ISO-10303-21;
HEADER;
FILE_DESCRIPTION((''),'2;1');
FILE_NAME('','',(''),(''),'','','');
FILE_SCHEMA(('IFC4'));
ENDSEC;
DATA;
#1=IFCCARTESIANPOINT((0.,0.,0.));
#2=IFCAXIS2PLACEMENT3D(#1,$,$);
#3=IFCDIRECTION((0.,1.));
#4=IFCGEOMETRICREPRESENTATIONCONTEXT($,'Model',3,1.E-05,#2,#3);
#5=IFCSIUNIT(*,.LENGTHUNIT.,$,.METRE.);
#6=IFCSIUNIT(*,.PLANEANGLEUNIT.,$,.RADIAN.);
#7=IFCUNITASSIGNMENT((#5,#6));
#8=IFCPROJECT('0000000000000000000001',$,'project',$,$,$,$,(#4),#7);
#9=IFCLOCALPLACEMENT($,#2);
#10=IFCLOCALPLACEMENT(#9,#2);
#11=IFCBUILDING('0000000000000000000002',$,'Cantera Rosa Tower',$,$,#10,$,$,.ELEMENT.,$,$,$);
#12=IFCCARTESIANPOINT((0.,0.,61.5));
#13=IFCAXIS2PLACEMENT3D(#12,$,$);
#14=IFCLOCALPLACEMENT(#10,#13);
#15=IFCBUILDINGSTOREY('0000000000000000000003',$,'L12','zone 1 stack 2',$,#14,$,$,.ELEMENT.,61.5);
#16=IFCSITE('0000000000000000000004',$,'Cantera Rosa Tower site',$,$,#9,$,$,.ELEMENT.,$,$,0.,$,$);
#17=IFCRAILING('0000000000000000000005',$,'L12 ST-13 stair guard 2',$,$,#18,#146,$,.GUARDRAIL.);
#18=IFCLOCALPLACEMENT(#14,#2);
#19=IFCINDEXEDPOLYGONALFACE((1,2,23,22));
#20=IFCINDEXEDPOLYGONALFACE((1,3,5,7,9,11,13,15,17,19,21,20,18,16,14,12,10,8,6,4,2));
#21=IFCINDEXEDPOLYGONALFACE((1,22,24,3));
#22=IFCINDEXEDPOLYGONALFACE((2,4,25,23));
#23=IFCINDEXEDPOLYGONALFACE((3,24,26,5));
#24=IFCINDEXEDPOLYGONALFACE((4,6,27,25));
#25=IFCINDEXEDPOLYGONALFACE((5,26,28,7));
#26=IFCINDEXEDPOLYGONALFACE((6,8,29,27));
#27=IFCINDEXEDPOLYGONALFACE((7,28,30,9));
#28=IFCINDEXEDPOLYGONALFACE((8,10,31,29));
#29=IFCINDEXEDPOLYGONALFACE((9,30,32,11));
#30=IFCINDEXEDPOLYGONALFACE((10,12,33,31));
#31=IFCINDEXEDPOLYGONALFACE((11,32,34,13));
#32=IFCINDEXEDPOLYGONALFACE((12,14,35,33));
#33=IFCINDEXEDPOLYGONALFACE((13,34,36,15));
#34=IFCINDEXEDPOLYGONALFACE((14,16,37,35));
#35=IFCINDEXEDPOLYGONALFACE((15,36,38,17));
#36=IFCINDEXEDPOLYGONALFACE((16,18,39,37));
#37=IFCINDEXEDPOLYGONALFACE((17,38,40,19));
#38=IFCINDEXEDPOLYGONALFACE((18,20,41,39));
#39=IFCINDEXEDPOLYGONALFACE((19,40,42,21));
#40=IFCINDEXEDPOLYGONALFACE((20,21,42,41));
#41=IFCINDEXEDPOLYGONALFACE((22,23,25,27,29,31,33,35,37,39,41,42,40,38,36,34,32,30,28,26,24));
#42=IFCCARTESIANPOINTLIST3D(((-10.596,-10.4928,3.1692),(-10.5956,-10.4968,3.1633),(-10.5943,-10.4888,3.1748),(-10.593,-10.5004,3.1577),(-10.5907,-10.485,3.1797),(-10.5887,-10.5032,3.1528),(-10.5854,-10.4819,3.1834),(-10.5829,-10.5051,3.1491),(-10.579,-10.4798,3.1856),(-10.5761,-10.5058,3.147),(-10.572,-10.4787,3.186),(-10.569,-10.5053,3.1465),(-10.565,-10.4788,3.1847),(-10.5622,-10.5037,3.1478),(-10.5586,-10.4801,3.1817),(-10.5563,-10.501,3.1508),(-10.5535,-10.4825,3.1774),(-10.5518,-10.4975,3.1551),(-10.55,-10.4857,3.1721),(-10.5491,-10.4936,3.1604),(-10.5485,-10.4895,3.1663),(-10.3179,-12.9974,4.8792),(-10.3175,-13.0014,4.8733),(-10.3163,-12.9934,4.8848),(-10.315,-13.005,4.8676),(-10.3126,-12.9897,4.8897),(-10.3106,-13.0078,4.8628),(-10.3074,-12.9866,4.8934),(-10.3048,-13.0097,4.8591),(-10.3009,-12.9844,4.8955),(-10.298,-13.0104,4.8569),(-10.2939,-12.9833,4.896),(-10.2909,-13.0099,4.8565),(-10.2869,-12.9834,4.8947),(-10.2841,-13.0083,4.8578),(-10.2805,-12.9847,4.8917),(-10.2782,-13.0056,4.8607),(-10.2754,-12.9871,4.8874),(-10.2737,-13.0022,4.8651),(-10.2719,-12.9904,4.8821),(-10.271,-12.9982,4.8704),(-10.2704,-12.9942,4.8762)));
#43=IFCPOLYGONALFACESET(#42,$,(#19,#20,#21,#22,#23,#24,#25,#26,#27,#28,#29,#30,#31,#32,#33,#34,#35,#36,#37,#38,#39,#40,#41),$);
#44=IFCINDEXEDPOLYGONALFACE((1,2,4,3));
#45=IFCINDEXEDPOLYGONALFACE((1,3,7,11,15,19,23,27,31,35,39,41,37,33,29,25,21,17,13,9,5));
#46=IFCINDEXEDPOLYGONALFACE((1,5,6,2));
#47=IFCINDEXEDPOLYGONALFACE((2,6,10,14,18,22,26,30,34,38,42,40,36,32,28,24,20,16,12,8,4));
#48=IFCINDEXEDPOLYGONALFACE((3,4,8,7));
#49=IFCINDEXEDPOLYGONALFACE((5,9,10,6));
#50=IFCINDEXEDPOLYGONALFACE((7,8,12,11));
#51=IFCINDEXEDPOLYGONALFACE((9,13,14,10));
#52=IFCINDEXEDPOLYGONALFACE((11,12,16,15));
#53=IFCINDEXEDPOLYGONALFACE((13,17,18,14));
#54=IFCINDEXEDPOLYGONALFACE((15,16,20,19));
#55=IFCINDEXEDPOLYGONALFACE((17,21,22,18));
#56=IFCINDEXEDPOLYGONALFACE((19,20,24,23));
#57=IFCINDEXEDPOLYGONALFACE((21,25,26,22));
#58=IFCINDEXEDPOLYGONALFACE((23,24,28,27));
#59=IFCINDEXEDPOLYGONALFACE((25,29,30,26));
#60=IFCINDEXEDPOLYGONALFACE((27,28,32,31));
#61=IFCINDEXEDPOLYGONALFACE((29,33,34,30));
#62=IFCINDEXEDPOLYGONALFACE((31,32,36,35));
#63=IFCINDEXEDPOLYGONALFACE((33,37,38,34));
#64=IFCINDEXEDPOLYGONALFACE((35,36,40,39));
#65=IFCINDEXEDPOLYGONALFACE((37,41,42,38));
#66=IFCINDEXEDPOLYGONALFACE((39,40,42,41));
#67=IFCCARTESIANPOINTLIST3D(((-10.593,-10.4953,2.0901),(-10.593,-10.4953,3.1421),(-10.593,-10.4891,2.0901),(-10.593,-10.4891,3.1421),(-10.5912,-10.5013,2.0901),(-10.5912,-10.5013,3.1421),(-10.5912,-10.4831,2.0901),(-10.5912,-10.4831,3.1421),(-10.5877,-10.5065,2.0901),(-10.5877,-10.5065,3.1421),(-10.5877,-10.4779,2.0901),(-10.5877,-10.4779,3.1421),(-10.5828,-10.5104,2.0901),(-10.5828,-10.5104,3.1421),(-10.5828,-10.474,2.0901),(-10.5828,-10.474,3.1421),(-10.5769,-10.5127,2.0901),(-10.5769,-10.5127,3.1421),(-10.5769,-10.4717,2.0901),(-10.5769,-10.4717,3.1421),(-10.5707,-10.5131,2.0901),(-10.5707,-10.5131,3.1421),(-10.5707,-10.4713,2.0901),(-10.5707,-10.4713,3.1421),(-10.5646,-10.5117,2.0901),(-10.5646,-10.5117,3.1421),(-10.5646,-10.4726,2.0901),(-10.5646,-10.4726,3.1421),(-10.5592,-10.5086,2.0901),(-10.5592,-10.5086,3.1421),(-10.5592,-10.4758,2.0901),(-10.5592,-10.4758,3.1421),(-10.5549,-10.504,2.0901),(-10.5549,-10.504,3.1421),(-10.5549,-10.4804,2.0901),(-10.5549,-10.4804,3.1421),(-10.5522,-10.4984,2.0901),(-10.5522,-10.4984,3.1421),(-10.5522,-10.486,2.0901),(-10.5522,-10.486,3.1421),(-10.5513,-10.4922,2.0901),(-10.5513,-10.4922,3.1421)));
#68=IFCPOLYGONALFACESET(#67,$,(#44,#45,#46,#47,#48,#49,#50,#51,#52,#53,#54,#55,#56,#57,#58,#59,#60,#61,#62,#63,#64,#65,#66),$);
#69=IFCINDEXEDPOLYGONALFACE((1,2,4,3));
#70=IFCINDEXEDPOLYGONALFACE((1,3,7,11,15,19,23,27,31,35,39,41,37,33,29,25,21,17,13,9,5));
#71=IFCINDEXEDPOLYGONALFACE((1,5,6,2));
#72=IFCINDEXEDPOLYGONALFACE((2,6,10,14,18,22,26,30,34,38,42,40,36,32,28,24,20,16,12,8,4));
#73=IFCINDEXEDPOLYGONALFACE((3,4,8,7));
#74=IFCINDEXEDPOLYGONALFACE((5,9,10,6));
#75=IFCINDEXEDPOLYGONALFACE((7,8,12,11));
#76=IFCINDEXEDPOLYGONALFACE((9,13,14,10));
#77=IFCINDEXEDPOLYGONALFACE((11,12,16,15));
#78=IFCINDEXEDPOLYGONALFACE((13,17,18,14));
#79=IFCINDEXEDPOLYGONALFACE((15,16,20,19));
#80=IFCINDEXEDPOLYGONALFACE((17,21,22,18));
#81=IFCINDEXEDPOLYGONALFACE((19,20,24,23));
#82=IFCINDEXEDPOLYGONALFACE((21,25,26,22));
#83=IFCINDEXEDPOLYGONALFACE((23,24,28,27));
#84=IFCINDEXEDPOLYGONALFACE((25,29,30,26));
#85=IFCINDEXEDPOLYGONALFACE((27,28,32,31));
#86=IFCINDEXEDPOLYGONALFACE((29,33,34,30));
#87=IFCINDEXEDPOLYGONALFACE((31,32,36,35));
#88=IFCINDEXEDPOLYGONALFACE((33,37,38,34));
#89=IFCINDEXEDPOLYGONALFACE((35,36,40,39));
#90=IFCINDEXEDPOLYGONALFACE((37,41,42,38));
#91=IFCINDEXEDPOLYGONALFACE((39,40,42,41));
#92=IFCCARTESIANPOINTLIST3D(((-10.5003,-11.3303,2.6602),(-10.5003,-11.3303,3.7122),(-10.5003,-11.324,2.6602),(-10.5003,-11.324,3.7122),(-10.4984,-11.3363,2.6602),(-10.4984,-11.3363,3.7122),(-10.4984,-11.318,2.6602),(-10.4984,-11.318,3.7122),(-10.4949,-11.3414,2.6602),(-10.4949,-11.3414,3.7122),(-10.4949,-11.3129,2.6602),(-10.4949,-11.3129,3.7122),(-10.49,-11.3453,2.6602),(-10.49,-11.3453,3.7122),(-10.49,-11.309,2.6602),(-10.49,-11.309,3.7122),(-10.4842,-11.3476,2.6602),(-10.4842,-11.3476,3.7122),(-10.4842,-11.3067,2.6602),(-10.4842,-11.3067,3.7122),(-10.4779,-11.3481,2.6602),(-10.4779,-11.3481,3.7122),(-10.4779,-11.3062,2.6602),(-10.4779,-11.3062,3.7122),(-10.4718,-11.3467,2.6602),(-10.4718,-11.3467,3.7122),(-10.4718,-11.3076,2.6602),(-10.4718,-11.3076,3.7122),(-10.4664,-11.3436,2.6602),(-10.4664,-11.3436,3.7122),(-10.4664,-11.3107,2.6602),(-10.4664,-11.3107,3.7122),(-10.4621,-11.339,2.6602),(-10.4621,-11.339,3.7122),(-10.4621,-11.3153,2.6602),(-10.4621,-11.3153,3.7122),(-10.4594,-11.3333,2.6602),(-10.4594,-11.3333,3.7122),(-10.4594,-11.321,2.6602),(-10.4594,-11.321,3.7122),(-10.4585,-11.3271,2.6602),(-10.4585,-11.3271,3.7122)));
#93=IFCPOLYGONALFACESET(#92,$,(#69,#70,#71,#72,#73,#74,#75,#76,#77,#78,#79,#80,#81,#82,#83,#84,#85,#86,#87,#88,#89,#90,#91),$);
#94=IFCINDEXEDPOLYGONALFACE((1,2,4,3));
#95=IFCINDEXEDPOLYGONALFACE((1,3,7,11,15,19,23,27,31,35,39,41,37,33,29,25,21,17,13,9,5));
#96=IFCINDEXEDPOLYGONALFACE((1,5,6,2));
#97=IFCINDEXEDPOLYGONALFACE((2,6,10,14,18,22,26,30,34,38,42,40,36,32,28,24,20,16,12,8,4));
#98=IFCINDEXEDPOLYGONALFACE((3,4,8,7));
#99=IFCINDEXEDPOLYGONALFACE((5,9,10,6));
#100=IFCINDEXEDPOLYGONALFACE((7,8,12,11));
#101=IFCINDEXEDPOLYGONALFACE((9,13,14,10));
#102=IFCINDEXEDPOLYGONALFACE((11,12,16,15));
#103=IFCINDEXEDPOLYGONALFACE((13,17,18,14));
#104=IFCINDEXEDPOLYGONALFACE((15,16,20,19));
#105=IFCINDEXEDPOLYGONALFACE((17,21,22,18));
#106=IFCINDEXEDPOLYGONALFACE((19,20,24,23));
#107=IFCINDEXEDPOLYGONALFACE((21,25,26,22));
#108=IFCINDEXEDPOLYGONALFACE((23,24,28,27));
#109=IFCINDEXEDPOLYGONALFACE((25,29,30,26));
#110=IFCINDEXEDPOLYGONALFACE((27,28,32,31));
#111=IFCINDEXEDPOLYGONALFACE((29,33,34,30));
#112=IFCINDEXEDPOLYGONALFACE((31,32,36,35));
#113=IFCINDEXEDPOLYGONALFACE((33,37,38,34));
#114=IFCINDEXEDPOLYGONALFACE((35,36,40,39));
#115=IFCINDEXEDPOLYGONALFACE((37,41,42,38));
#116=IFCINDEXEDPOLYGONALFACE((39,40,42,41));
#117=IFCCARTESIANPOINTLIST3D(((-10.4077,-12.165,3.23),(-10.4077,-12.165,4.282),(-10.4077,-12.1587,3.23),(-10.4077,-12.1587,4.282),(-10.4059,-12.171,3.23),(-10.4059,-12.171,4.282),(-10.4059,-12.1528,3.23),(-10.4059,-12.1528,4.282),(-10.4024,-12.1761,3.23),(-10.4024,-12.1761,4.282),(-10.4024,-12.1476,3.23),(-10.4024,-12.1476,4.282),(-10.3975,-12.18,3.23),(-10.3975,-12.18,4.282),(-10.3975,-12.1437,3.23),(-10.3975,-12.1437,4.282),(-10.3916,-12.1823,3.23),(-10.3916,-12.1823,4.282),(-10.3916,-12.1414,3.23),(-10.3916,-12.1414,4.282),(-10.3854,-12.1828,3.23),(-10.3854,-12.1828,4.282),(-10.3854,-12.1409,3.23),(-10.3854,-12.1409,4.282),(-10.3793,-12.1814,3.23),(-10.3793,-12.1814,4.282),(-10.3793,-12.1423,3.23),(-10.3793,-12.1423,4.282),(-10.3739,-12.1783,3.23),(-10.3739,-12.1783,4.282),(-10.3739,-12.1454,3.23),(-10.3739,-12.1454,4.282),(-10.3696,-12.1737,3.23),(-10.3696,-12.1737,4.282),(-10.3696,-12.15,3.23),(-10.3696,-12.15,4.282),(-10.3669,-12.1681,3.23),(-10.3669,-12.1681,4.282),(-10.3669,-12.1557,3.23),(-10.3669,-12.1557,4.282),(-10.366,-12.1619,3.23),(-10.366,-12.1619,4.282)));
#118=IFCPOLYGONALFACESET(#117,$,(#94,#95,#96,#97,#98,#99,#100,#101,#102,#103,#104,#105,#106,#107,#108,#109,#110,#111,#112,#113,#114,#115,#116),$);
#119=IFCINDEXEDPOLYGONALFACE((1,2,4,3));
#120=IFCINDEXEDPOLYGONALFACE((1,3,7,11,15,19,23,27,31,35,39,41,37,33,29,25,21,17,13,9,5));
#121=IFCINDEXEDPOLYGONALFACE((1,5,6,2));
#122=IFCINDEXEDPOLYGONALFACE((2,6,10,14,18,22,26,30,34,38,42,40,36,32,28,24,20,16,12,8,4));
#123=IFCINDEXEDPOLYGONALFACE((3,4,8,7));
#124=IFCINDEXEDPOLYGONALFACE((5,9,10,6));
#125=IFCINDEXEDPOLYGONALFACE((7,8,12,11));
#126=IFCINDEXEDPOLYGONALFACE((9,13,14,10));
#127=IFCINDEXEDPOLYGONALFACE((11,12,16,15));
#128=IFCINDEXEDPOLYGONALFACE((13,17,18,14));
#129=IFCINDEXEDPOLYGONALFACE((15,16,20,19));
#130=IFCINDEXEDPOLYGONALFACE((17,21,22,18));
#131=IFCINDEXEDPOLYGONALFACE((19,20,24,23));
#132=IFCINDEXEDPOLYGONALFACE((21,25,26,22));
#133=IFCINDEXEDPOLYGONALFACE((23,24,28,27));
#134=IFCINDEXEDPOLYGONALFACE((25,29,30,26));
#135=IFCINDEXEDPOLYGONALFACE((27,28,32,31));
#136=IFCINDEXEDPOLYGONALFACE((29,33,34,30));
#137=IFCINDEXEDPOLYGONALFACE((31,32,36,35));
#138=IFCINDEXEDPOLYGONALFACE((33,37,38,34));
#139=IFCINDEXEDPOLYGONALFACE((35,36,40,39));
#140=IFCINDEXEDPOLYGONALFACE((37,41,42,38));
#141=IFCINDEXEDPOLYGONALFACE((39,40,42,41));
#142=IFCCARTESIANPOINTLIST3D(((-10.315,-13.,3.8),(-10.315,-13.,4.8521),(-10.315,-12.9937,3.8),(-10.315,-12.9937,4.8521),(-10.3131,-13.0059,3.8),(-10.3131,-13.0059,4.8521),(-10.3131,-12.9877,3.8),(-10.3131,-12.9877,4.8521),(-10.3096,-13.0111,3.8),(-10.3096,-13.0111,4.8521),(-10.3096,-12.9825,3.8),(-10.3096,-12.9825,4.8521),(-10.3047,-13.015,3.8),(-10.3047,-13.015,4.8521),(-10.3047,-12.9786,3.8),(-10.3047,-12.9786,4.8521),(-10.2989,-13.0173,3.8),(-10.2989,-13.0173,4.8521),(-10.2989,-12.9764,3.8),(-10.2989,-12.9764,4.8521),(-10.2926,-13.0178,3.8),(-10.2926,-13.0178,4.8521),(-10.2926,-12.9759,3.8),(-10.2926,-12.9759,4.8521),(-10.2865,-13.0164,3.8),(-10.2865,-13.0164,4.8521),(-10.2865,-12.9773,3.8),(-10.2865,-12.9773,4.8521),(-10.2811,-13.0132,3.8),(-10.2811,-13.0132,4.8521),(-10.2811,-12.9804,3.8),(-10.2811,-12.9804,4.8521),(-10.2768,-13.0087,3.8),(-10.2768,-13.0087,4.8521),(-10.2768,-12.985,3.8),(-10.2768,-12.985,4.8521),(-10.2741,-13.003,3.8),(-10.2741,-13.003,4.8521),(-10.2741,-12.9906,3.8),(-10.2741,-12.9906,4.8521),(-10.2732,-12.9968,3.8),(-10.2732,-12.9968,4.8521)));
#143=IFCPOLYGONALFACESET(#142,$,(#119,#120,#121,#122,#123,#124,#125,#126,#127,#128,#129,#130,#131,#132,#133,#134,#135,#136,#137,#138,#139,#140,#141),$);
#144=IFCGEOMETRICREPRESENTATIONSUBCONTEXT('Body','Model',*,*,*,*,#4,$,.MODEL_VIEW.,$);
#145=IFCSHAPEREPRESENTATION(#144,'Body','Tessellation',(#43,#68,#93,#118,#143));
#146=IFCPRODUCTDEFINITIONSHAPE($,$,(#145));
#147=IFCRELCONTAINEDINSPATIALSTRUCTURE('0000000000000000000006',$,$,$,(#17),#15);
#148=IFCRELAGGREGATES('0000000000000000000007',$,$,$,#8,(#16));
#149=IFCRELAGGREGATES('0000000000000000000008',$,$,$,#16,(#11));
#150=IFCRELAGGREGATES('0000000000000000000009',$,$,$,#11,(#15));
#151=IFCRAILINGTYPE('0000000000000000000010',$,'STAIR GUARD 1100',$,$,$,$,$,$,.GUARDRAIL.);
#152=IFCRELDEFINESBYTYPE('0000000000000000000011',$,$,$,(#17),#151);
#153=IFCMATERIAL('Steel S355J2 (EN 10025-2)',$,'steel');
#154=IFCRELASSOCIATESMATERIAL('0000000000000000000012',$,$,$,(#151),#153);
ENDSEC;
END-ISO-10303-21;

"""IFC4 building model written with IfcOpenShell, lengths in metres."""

from ifc_helpers import new_model, si_unit, direction, frame, origin, origin_2d, place, context, subcontext, project, spatial, circle, extrude, material, type_object, element, save


model = new_model("IFC4")

# Units and contexts
model_context = context("Model", 3, precision=1e-05, world=origin(), true_north=direction((0.0, 1.0)))
body_context = subcontext(model_context, "Body", "Model", "MODEL_VIEW")
ifc_project = project(units=[si_unit("LENGTHUNIT", "METRE"), si_unit("PLANEANGLEUNIT", "RADIAN")], contexts=[model_context])

# Site, building, storey
site_placement = place(None, origin())
site = spatial("IfcSite", under=ifc_project, at=site_placement, Name="Cantera Rosa Tower site", CompositionType="ELEMENT", RefElevation=0.0)
building_placement = place(site_placement, origin())
building = spatial("IfcBuilding", under=site, at=building_placement, Name="Cantera Rosa Tower", CompositionType="ELEMENT")
storey_placement = place(building_placement, frame((0.0, 0.0, 61.5)))
storey = spatial("IfcBuildingStorey", under=building, at=storey_placement, Name="L12", Description="zone 1 stack 2", CompositionType="ELEMENT", Elevation=61.5)

# Railing
ifc_material_1 = material(Name="Steel S355J2 (EN 10025-2)", Category="steel")
railing_type_1 = type_object("IfcRailingType", Name="STAIR GUARD 1100", PredefinedType="GUARDRAIL", material=ifc_material_1)
railing_1_placement = place(storey_placement, frame((-10.5723, -10.4922, 2.0901)))
element("IfcRailing", 1, at=railing_1_placement, inside=storey, type_object=railing_type_1, Name="L12 ST-13 stair guard 2", PredefinedType="GUARDRAIL", context=body_context, shape_type="SweptSolid", body=[
    extrude(circle(Radius=0.0239, at=origin_2d()), frame((0.0, 0.0, 1.0762), z_axis=(0.09131, -0.822431, 0.561488), x_axis=(0.993893, 0.110346, 0.0)), (0.0, 0.0, 1.0), 3.0454),
    extrude(circle(Radius=0.021, at=origin_2d()), origin(), (0.0, 0.0, 1.0), 1.052),
    extrude(circle(Radius=0.021, at=origin_2d()), frame((0.0928, -0.835, 0.5701)), (0.0, 0.0, 1.0), 1.052),
    extrude(circle(Radius=0.021, at=origin_2d()), frame((0.1853, -1.6697, 1.1399)), (0.0, 0.0, 1.0), 1.052),
    extrude(circle(Radius=0.021, at=origin_2d()), frame((0.2781, -2.5046, 1.71)), (0.0, 0.0, 1.0), 1.052),
])

save(model, "model.ifc")
